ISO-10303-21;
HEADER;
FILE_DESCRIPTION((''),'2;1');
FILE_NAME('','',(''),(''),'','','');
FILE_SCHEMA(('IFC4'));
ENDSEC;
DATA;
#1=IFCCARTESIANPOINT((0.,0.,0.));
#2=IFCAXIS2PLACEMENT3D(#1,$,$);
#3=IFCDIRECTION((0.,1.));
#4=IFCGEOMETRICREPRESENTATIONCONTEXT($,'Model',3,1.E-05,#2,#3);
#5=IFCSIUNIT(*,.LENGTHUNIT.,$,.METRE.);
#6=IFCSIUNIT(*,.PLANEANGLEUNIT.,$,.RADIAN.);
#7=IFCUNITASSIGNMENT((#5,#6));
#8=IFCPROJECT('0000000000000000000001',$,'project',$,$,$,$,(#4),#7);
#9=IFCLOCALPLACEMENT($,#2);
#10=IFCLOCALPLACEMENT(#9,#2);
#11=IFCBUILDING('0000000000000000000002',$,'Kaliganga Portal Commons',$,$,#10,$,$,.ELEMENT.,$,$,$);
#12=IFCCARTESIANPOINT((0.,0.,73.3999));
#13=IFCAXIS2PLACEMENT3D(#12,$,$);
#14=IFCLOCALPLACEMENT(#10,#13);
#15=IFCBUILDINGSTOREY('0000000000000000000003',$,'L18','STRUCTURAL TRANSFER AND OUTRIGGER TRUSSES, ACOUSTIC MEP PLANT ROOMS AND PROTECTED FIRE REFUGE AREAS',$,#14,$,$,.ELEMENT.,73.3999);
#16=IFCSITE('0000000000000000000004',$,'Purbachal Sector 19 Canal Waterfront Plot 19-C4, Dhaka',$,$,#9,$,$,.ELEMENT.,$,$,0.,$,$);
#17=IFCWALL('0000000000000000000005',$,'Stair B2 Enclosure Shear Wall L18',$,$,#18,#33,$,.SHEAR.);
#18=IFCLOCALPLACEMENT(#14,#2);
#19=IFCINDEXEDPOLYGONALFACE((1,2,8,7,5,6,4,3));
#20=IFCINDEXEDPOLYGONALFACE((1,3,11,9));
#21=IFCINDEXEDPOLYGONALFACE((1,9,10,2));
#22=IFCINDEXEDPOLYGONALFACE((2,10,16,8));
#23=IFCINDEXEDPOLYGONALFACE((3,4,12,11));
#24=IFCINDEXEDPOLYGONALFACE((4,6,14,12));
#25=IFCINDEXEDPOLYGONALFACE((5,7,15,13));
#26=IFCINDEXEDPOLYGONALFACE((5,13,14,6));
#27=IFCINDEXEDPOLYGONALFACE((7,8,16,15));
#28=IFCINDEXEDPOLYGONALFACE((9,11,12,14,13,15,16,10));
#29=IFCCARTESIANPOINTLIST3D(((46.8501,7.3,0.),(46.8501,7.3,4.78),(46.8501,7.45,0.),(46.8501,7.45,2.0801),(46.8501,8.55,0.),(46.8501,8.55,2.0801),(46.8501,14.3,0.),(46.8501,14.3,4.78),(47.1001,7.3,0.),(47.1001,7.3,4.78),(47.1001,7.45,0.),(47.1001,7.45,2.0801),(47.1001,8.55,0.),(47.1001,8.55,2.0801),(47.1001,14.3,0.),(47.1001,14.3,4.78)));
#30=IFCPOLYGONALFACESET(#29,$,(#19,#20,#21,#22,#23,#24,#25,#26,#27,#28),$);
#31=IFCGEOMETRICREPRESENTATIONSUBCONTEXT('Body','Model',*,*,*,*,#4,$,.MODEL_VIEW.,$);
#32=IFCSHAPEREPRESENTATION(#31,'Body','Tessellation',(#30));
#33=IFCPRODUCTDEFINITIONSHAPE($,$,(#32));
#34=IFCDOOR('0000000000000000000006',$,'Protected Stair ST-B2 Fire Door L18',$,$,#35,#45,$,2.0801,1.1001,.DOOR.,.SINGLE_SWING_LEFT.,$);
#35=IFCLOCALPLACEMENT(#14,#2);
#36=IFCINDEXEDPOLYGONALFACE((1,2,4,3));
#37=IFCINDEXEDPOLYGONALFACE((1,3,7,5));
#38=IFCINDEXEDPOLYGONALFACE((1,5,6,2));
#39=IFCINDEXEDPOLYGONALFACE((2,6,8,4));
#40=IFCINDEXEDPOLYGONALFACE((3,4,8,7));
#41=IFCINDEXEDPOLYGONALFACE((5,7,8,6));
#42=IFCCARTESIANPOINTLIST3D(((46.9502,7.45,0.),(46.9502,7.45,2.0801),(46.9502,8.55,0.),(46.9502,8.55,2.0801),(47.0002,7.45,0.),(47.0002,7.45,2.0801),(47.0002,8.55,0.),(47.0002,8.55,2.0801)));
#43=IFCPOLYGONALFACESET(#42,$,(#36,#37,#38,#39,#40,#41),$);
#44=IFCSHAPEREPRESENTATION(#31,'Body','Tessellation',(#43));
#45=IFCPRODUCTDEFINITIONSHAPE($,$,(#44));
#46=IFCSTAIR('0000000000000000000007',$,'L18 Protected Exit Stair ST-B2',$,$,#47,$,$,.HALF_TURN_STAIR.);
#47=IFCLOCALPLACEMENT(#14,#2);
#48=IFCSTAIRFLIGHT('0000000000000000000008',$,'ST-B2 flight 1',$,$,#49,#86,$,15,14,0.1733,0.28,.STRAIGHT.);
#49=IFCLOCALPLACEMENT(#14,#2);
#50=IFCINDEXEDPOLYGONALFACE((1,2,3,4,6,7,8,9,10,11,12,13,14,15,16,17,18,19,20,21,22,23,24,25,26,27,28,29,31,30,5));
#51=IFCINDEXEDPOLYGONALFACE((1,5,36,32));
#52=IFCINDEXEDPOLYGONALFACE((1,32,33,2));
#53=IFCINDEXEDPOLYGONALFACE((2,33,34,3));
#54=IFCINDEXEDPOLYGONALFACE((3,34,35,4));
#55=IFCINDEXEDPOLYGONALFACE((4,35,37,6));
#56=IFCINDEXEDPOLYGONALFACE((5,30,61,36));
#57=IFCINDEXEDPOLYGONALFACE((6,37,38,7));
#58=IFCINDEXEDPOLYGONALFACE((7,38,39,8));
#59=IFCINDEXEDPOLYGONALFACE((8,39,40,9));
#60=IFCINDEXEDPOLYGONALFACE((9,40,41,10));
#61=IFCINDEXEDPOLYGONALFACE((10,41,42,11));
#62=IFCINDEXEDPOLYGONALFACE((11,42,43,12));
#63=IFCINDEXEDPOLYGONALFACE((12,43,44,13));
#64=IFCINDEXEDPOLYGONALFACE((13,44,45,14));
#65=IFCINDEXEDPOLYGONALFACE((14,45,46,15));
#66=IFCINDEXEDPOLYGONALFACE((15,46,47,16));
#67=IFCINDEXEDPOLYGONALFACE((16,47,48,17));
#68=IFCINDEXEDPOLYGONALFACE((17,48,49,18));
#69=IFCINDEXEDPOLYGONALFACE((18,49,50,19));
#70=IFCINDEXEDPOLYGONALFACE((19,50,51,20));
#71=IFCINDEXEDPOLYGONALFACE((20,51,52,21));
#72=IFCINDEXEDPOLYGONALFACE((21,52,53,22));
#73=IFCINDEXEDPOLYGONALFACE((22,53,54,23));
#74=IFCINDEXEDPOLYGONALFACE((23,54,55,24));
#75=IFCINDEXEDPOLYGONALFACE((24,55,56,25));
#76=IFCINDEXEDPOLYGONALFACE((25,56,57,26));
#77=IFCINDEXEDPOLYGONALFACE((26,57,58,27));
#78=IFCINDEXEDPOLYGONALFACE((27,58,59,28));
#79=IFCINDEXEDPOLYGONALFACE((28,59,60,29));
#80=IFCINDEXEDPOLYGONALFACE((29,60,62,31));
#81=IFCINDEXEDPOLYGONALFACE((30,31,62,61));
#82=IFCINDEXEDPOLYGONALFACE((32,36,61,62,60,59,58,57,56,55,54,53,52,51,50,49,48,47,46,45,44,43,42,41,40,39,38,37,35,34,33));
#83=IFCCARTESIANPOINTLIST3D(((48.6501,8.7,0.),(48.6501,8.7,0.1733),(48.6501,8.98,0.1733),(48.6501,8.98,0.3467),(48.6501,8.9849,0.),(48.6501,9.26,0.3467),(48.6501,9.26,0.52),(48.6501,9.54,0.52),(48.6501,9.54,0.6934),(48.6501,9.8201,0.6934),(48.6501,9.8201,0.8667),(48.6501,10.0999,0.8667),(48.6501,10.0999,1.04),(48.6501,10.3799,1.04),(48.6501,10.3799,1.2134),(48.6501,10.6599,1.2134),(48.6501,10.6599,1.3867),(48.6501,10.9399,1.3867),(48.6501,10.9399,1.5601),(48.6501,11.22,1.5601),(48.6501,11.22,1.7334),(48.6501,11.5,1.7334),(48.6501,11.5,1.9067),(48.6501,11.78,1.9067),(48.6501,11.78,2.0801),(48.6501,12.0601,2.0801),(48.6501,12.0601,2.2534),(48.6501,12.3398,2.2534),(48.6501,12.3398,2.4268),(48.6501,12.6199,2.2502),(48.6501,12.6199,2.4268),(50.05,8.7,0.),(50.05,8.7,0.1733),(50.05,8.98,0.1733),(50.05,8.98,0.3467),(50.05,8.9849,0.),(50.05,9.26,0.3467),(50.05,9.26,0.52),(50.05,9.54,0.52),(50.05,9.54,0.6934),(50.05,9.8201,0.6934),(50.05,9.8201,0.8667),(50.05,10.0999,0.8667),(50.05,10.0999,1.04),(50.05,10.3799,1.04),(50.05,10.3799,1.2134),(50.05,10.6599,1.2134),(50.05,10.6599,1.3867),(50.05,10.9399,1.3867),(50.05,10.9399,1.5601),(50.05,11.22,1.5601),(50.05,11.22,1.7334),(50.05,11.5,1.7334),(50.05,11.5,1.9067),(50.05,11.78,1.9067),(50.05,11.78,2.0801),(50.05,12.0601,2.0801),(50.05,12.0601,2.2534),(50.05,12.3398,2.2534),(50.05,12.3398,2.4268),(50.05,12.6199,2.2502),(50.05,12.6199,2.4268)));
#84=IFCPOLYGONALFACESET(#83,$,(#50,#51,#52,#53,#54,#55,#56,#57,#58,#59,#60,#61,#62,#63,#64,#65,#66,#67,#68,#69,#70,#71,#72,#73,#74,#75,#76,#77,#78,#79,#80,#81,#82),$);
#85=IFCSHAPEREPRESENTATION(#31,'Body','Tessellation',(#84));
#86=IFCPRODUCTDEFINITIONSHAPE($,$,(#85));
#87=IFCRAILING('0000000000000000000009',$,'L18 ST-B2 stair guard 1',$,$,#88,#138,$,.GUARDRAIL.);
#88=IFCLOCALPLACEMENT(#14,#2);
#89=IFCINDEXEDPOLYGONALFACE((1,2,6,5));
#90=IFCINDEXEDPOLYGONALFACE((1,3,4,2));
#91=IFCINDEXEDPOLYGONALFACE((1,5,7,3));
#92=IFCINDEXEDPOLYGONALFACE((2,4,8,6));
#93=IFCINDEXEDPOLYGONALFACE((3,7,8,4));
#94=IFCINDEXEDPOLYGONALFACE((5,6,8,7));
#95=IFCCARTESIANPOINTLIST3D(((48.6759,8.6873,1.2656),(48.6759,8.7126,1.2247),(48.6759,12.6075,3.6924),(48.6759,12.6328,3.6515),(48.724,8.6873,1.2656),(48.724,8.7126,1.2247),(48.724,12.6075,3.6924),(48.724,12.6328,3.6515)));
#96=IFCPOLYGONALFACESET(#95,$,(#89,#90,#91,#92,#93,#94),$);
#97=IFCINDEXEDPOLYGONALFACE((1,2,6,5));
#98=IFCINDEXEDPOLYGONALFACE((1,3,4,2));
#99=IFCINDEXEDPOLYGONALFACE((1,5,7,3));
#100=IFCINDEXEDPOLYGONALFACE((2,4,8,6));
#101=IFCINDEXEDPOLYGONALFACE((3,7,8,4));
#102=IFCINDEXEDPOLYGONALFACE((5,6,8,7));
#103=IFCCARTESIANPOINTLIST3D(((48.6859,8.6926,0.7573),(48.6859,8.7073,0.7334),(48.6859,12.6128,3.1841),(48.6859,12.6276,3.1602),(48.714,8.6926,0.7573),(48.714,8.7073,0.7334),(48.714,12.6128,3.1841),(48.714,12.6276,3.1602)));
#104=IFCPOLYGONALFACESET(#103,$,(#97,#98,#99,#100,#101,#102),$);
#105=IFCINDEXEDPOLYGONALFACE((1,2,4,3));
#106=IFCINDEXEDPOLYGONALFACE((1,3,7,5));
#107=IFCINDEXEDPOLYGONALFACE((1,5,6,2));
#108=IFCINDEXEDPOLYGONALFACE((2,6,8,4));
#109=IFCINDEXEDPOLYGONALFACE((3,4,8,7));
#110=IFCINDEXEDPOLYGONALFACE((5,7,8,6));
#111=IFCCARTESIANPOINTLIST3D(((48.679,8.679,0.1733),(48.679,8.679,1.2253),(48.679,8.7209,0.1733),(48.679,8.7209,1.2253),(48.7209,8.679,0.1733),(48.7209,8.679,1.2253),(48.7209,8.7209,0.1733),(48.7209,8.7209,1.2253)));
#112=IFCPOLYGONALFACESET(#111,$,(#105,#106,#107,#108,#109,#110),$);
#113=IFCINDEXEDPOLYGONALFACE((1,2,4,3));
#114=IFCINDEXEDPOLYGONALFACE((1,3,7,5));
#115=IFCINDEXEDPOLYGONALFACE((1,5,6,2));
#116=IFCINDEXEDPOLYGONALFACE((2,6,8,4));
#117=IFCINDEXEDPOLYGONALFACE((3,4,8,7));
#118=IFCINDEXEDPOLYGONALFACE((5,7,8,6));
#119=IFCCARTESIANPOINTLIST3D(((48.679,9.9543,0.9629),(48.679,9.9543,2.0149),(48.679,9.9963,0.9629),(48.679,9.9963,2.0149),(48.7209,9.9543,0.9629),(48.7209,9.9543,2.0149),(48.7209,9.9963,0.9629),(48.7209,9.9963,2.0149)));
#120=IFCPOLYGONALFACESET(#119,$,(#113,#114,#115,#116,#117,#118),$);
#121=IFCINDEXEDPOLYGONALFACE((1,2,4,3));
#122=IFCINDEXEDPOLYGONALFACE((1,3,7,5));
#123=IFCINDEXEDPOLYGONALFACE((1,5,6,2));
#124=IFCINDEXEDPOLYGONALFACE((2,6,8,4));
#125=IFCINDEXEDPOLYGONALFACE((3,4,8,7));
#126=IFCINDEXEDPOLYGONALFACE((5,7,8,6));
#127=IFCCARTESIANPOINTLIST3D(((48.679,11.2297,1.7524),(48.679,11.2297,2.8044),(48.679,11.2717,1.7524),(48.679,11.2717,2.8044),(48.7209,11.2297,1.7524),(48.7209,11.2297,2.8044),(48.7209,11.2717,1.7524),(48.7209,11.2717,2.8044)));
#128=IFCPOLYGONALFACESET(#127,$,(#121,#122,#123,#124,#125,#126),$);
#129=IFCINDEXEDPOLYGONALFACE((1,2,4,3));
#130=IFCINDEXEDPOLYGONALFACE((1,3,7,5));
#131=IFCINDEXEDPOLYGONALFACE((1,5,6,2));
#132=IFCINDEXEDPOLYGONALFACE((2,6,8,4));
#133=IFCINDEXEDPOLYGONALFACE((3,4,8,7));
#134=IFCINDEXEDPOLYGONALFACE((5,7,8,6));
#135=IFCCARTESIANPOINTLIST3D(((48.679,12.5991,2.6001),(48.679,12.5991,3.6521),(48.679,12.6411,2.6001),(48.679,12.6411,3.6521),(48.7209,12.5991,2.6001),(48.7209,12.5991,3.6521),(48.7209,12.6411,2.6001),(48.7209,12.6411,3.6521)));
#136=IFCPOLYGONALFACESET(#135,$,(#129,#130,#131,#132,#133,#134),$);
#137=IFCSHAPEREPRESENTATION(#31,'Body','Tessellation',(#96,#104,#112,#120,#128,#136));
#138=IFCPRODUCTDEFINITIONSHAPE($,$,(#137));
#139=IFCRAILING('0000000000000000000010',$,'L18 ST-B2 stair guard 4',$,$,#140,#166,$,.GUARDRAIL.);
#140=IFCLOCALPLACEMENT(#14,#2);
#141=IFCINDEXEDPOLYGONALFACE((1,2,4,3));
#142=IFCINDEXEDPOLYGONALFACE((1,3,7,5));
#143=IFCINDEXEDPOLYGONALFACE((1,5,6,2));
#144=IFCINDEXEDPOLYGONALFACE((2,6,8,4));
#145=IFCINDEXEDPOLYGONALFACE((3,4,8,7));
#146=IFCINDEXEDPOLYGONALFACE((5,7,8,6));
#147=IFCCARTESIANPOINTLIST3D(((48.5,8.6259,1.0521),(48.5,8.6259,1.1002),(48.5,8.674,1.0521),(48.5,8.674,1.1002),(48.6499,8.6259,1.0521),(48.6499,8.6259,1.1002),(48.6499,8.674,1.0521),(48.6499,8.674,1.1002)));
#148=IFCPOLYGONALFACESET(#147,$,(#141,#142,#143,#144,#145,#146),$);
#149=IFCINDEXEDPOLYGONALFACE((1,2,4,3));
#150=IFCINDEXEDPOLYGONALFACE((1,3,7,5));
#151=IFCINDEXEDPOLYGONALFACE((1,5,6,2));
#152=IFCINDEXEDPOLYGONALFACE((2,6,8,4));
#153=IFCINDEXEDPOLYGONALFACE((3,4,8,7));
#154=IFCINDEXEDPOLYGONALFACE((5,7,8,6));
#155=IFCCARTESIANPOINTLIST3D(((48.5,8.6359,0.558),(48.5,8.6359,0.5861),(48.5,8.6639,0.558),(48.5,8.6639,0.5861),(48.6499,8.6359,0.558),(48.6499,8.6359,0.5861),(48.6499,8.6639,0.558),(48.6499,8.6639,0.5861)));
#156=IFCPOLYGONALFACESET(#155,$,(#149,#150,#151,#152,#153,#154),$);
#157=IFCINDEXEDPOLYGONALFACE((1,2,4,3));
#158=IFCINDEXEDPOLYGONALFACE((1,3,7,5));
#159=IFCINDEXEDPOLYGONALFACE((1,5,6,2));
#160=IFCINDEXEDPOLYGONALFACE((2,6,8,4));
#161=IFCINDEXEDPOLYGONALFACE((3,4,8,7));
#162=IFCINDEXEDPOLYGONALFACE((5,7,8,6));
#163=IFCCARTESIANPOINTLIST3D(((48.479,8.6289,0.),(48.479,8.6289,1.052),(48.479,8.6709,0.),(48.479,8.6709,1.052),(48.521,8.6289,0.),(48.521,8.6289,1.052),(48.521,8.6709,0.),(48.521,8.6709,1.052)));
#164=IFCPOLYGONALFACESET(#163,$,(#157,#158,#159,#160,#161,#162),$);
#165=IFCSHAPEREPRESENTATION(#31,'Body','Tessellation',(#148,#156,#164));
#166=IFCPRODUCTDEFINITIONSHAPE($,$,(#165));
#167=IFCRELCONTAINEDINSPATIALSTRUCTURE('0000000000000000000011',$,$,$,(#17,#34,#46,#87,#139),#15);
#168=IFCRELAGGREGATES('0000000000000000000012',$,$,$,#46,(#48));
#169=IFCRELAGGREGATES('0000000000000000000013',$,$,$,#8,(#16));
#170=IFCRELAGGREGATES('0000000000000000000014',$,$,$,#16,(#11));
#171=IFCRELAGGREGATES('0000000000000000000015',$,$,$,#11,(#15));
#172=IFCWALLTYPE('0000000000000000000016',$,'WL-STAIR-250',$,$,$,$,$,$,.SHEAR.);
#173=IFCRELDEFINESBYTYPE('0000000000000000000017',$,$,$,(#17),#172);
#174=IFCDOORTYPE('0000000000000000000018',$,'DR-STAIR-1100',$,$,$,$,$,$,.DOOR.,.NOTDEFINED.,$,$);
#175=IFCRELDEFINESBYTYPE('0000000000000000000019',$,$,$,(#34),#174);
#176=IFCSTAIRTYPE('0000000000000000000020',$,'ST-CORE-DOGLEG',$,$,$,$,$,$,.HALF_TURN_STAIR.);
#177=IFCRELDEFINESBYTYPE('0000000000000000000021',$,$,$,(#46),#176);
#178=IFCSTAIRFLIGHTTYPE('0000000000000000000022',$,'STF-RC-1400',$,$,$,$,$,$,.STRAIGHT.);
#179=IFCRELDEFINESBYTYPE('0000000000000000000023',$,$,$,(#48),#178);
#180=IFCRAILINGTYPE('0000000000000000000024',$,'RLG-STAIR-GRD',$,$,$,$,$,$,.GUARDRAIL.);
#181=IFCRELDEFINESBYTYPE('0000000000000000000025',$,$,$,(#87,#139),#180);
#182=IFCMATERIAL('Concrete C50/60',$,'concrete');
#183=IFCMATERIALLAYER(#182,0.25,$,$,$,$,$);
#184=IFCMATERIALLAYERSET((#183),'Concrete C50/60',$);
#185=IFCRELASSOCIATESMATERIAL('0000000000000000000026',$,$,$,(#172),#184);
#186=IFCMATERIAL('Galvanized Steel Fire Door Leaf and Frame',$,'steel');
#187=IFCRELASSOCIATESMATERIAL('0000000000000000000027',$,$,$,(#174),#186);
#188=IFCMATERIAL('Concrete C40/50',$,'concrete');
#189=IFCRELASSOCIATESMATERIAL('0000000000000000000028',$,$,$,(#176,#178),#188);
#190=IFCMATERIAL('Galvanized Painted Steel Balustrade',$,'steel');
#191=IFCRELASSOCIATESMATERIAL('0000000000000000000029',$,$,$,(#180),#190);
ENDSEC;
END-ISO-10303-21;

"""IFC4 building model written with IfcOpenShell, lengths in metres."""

from ifc_helpers import new_model, si_unit, direction, frame, frame_2d, origin, origin_2d, place, context, subcontext, project, spatial, polyline, rectangle, outline, extrude, material, layer, layer_set, type_object, element, fill, aggregate, save


model = new_model("IFC4")

# Units and contexts
model_context = context("Model", 3, precision=1e-05, world=origin(), true_north=direction((0.0, 1.0)))
body_context = subcontext(model_context, "Body", "Model", "MODEL_VIEW")
ifc_project = project(units=[si_unit("LENGTHUNIT", "METRE"), si_unit("PLANEANGLEUNIT", "RADIAN")], contexts=[model_context])

# Site, building, storey
site_placement = place(None, origin())
site = spatial("IfcSite", under=ifc_project, at=site_placement, Name="Purbachal Sector 19 Canal Waterfront Plot 19-C4, Dhaka", CompositionType="ELEMENT", RefElevation=0.0)
building_placement = place(site_placement, origin())
building = spatial("IfcBuilding", under=site, at=building_placement, Name="Kaliganga Portal Commons", CompositionType="ELEMENT")
storey_placement = place(building_placement, frame((0.0, 0.0, 73.3999)))
storey = spatial("IfcBuildingStorey", under=building, at=storey_placement, Name="L18", Description="STRUCTURAL TRANSFER AND OUTRIGGER TRUSSES, ACOUSTIC MEP PLANT ROOMS AND PROTECTED FIRE REFUGE AREAS", CompositionType="ELEMENT", Elevation=73.3999)

# Wall, opening, door
ifc_material_1 = material(Name="Concrete C50/60", Category="concrete")
ifc_layer_1 = layer(ifc_material_1, 0.25)
ifc_layer_set_1 = layer_set([ifc_layer_1], Name="Concrete C50/60")
wall_type_1 = type_object("IfcWallType", Name="WL-STAIR-250", PredefinedType="SHEAR", material=ifc_layer_set_1)
wall_1_placement = place(storey_placement, frame((46.9751, 7.3, 0.0), z_axis=(0.0, 0.0, 1.0), x_axis=(0.0, 1.0, 0.0)))
wall_1 = element("IfcWall", 1, at=wall_1_placement, inside=storey, type_object=wall_type_1, Name="Stair B2 Enclosure Shear Wall L18", PredefinedType="SHEAR", context=body_context, shape_type="SweptSolid", body=[
    extrude(rectangle(XDim=7.0, YDim=0.25, at=frame_2d((3.5, 0.0))), origin(), (0.0, 0.0, 1.0), 4.78),
])
opening_placement = place(wall_1_placement, frame((0.1499, 0.0, 0.0)))
opening = element("IfcOpeningElement", 2, at=opening_placement, cuts=wall_1, PredefinedType="OPENING", context=body_context, shape_type="SweptSolid", body=[
    extrude(rectangle(XDim=1.1001, YDim=2.0801, at=frame_2d((0.55, 1.04))), frame((0.0, 0.135, 0.0), z_axis=(0.0, -1.0, 0.0), x_axis=(1.0, 0.0, 0.0)), (0.0, 0.0, 1.0), 0.27),
])
ifc_material_2 = material(Name="Galvanized Steel Fire Door Leaf and Frame", Category="steel")
door_type = type_object("IfcDoorType", Name="DR-STAIR-1100", OperationType="NOTDEFINED", PredefinedType="DOOR", material=ifc_material_2)
door_placement = place(opening_placement, origin())
door = element("IfcDoor", 3, at=door_placement, inside=storey, type_object=door_type, Name="Protected Stair ST-B2 Fire Door L18", OperationType="SINGLE_SWING_LEFT", OverallHeight=2.0801, OverallWidth=1.1001, PredefinedType="DOOR", context=body_context, shape_type="SweptSolid", body=[
    extrude(rectangle(XDim=1.1001, YDim=2.0801, at=frame_2d((0.55, 1.04))), frame((0.0, 0.0249, 0.0), z_axis=(0.0, -1.0, 0.0), x_axis=(1.0, 0.0, 0.0)), (0.0, 0.0, 1.0), 0.05),
])
fill(opening, door)

# Stair, stair flight
ifc_material_3 = material(Name="Concrete C40/50", Category="concrete")
stair_type = type_object("IfcStairType", Name="ST-CORE-DOGLEG", PredefinedType="HALF_TURN_STAIR", material=ifc_material_3)
stair_placement = place(storey_placement, origin())
stair = element("IfcStair", 4, at=stair_placement, inside=storey, type_object=stair_type, Name="L18 Protected Exit Stair ST-B2", PredefinedType="HALF_TURN_STAIR")
stair_flight_type = type_object("IfcStairFlightType", Name="STF-RC-1400", PredefinedType="STRAIGHT", material=ifc_material_3)
stair_flight_placement = place(storey_placement, frame((49.3501, 8.7, 0.0), z_axis=(0.0, 0.0, 1.0), x_axis=(0.0, 1.0, 0.0)))
stair_flight = element("IfcStairFlight", 5, at=stair_flight_placement, type_object=stair_flight_type, Name="ST-B2 flight 1", NumberOfRisers=15, NumberOfTreads=14, PredefinedType="STRAIGHT", RiserHeight=0.1733, TreadLength=0.28, context=body_context, shape_type="SweptSolid", body=[
    extrude(outline(polyline([(0.0, 0.0), (0.0, 0.1733), (0.28, 0.1733), (0.28, 0.3467), (0.5601, 0.3467), (0.5601, 0.52), (0.8401, 0.52), (0.8401, 0.6934), (1.1201, 0.6934), (1.1201, 0.8667), (1.3999, 0.8667), (1.3999, 1.04), (1.6799, 1.04), (1.6799, 1.2134), (1.96, 1.2134), (1.96, 1.3867), (2.24, 1.3867), (2.24, 1.5601), (2.52, 1.5601), (2.52, 1.7334), (2.8, 1.7334), (2.8, 1.9067), (3.0801, 1.9067), (3.0801, 2.0801), (3.3601, 2.0801), (3.3601, 2.2534), (3.6399, 2.2534), (3.6399, 2.4268), (3.9199, 2.4268), (3.9199, 2.6001), (3.9199, 2.2502), (0.2849, 0.0), (0.0, 0.0)])), frame((0.0, 0.7, 0.0), z_axis=(0.0, -1.0, 0.0), x_axis=(1.0, 0.0, 0.0)), (0.0, 0.0, 1.0), 1.3999),
])
aggregate(stair, [stair_flight])

# Railings
ifc_material_4 = material(Name="Galvanized Painted Steel Balustrade", Category="steel")
railing_type_1 = type_object("IfcRailingType", Name="RLG-STAIR-GRD", PredefinedType="GUARDRAIL", material=ifc_material_4)
railing_1_placement = place(storey_placement, frame((48.7, 8.7, 0.1733)))
element("IfcRailing", 6, at=railing_1_placement, inside=storey, type_object=railing_type_1, Name="L18 ST-B2 stair guard 1", PredefinedType="GUARDRAIL", context=body_context, shape_type="SweptSolid", body=[
    extrude(rectangle(XDim=0.0481, YDim=0.0481, at=origin_2d()), frame((0.0, 0.0, 1.0718), z_axis=(0.0, 0.850266, 0.526353), x_axis=(-1.0, 0.0, 0.0)), (0.0, 0.0, 1.0), 4.6106),
    extrude(rectangle(XDim=0.0281, YDim=0.0281, at=origin_2d()), frame((0.0, 0.0, 0.572), z_axis=(0.0, 0.850266, 0.526353), x_axis=(-1.0, 0.0, 0.0)), (0.0, 0.0, 1.0), 4.6106),
    extrude(rectangle(XDim=0.042, YDim=0.042, at=origin_2d()), origin(), (0.0, 0.0, 1.0), 1.052),
    extrude(rectangle(XDim=0.042, YDim=0.042, at=origin_2d()), frame((0.0, 1.2754, 0.7896)), (0.0, 0.0, 1.0), 1.052),
    extrude(rectangle(XDim=0.042, YDim=0.042, at=origin_2d()), frame((0.0, 2.5508, 1.5791)), (0.0, 0.0, 1.0), 1.052),
    extrude(rectangle(XDim=0.042, YDim=0.042, at=origin_2d()), frame((0.0, 3.9202, 2.4268)), (0.0, 0.0, 1.0), 1.052),
])
railing_2_placement = place(storey_placement, frame((48.6499, 8.6499, 0.0)))
element("IfcRailing", 7, at=railing_2_placement, inside=storey, type_object=railing_type_1, Name="L18 ST-B2 stair guard 4", PredefinedType="GUARDRAIL", context=body_context, shape_type="SweptSolid", body=[
    extrude(rectangle(XDim=0.0481, YDim=0.0481, at=origin_2d()), frame((0.0, 0.0, 1.0762), z_axis=(-1.0, 0.0, 0.0), x_axis=(0.0, -1.0, 0.0)), (0.0, 0.0, 1.0), 0.1499),
    extrude(rectangle(XDim=0.0281, YDim=0.0281, at=origin_2d()), frame((0.0, 0.0, 0.572), z_axis=(-1.0, 0.0, 0.0), x_axis=(0.0, -1.0, 0.0)), (0.0, 0.0, 1.0), 0.1499),
    extrude(rectangle(XDim=0.042, YDim=0.042, at=origin_2d()), frame((-0.1499, 0.0, 0.0)), (0.0, 0.0, 1.0), 1.052),
])

save(model, "model.ifc")
